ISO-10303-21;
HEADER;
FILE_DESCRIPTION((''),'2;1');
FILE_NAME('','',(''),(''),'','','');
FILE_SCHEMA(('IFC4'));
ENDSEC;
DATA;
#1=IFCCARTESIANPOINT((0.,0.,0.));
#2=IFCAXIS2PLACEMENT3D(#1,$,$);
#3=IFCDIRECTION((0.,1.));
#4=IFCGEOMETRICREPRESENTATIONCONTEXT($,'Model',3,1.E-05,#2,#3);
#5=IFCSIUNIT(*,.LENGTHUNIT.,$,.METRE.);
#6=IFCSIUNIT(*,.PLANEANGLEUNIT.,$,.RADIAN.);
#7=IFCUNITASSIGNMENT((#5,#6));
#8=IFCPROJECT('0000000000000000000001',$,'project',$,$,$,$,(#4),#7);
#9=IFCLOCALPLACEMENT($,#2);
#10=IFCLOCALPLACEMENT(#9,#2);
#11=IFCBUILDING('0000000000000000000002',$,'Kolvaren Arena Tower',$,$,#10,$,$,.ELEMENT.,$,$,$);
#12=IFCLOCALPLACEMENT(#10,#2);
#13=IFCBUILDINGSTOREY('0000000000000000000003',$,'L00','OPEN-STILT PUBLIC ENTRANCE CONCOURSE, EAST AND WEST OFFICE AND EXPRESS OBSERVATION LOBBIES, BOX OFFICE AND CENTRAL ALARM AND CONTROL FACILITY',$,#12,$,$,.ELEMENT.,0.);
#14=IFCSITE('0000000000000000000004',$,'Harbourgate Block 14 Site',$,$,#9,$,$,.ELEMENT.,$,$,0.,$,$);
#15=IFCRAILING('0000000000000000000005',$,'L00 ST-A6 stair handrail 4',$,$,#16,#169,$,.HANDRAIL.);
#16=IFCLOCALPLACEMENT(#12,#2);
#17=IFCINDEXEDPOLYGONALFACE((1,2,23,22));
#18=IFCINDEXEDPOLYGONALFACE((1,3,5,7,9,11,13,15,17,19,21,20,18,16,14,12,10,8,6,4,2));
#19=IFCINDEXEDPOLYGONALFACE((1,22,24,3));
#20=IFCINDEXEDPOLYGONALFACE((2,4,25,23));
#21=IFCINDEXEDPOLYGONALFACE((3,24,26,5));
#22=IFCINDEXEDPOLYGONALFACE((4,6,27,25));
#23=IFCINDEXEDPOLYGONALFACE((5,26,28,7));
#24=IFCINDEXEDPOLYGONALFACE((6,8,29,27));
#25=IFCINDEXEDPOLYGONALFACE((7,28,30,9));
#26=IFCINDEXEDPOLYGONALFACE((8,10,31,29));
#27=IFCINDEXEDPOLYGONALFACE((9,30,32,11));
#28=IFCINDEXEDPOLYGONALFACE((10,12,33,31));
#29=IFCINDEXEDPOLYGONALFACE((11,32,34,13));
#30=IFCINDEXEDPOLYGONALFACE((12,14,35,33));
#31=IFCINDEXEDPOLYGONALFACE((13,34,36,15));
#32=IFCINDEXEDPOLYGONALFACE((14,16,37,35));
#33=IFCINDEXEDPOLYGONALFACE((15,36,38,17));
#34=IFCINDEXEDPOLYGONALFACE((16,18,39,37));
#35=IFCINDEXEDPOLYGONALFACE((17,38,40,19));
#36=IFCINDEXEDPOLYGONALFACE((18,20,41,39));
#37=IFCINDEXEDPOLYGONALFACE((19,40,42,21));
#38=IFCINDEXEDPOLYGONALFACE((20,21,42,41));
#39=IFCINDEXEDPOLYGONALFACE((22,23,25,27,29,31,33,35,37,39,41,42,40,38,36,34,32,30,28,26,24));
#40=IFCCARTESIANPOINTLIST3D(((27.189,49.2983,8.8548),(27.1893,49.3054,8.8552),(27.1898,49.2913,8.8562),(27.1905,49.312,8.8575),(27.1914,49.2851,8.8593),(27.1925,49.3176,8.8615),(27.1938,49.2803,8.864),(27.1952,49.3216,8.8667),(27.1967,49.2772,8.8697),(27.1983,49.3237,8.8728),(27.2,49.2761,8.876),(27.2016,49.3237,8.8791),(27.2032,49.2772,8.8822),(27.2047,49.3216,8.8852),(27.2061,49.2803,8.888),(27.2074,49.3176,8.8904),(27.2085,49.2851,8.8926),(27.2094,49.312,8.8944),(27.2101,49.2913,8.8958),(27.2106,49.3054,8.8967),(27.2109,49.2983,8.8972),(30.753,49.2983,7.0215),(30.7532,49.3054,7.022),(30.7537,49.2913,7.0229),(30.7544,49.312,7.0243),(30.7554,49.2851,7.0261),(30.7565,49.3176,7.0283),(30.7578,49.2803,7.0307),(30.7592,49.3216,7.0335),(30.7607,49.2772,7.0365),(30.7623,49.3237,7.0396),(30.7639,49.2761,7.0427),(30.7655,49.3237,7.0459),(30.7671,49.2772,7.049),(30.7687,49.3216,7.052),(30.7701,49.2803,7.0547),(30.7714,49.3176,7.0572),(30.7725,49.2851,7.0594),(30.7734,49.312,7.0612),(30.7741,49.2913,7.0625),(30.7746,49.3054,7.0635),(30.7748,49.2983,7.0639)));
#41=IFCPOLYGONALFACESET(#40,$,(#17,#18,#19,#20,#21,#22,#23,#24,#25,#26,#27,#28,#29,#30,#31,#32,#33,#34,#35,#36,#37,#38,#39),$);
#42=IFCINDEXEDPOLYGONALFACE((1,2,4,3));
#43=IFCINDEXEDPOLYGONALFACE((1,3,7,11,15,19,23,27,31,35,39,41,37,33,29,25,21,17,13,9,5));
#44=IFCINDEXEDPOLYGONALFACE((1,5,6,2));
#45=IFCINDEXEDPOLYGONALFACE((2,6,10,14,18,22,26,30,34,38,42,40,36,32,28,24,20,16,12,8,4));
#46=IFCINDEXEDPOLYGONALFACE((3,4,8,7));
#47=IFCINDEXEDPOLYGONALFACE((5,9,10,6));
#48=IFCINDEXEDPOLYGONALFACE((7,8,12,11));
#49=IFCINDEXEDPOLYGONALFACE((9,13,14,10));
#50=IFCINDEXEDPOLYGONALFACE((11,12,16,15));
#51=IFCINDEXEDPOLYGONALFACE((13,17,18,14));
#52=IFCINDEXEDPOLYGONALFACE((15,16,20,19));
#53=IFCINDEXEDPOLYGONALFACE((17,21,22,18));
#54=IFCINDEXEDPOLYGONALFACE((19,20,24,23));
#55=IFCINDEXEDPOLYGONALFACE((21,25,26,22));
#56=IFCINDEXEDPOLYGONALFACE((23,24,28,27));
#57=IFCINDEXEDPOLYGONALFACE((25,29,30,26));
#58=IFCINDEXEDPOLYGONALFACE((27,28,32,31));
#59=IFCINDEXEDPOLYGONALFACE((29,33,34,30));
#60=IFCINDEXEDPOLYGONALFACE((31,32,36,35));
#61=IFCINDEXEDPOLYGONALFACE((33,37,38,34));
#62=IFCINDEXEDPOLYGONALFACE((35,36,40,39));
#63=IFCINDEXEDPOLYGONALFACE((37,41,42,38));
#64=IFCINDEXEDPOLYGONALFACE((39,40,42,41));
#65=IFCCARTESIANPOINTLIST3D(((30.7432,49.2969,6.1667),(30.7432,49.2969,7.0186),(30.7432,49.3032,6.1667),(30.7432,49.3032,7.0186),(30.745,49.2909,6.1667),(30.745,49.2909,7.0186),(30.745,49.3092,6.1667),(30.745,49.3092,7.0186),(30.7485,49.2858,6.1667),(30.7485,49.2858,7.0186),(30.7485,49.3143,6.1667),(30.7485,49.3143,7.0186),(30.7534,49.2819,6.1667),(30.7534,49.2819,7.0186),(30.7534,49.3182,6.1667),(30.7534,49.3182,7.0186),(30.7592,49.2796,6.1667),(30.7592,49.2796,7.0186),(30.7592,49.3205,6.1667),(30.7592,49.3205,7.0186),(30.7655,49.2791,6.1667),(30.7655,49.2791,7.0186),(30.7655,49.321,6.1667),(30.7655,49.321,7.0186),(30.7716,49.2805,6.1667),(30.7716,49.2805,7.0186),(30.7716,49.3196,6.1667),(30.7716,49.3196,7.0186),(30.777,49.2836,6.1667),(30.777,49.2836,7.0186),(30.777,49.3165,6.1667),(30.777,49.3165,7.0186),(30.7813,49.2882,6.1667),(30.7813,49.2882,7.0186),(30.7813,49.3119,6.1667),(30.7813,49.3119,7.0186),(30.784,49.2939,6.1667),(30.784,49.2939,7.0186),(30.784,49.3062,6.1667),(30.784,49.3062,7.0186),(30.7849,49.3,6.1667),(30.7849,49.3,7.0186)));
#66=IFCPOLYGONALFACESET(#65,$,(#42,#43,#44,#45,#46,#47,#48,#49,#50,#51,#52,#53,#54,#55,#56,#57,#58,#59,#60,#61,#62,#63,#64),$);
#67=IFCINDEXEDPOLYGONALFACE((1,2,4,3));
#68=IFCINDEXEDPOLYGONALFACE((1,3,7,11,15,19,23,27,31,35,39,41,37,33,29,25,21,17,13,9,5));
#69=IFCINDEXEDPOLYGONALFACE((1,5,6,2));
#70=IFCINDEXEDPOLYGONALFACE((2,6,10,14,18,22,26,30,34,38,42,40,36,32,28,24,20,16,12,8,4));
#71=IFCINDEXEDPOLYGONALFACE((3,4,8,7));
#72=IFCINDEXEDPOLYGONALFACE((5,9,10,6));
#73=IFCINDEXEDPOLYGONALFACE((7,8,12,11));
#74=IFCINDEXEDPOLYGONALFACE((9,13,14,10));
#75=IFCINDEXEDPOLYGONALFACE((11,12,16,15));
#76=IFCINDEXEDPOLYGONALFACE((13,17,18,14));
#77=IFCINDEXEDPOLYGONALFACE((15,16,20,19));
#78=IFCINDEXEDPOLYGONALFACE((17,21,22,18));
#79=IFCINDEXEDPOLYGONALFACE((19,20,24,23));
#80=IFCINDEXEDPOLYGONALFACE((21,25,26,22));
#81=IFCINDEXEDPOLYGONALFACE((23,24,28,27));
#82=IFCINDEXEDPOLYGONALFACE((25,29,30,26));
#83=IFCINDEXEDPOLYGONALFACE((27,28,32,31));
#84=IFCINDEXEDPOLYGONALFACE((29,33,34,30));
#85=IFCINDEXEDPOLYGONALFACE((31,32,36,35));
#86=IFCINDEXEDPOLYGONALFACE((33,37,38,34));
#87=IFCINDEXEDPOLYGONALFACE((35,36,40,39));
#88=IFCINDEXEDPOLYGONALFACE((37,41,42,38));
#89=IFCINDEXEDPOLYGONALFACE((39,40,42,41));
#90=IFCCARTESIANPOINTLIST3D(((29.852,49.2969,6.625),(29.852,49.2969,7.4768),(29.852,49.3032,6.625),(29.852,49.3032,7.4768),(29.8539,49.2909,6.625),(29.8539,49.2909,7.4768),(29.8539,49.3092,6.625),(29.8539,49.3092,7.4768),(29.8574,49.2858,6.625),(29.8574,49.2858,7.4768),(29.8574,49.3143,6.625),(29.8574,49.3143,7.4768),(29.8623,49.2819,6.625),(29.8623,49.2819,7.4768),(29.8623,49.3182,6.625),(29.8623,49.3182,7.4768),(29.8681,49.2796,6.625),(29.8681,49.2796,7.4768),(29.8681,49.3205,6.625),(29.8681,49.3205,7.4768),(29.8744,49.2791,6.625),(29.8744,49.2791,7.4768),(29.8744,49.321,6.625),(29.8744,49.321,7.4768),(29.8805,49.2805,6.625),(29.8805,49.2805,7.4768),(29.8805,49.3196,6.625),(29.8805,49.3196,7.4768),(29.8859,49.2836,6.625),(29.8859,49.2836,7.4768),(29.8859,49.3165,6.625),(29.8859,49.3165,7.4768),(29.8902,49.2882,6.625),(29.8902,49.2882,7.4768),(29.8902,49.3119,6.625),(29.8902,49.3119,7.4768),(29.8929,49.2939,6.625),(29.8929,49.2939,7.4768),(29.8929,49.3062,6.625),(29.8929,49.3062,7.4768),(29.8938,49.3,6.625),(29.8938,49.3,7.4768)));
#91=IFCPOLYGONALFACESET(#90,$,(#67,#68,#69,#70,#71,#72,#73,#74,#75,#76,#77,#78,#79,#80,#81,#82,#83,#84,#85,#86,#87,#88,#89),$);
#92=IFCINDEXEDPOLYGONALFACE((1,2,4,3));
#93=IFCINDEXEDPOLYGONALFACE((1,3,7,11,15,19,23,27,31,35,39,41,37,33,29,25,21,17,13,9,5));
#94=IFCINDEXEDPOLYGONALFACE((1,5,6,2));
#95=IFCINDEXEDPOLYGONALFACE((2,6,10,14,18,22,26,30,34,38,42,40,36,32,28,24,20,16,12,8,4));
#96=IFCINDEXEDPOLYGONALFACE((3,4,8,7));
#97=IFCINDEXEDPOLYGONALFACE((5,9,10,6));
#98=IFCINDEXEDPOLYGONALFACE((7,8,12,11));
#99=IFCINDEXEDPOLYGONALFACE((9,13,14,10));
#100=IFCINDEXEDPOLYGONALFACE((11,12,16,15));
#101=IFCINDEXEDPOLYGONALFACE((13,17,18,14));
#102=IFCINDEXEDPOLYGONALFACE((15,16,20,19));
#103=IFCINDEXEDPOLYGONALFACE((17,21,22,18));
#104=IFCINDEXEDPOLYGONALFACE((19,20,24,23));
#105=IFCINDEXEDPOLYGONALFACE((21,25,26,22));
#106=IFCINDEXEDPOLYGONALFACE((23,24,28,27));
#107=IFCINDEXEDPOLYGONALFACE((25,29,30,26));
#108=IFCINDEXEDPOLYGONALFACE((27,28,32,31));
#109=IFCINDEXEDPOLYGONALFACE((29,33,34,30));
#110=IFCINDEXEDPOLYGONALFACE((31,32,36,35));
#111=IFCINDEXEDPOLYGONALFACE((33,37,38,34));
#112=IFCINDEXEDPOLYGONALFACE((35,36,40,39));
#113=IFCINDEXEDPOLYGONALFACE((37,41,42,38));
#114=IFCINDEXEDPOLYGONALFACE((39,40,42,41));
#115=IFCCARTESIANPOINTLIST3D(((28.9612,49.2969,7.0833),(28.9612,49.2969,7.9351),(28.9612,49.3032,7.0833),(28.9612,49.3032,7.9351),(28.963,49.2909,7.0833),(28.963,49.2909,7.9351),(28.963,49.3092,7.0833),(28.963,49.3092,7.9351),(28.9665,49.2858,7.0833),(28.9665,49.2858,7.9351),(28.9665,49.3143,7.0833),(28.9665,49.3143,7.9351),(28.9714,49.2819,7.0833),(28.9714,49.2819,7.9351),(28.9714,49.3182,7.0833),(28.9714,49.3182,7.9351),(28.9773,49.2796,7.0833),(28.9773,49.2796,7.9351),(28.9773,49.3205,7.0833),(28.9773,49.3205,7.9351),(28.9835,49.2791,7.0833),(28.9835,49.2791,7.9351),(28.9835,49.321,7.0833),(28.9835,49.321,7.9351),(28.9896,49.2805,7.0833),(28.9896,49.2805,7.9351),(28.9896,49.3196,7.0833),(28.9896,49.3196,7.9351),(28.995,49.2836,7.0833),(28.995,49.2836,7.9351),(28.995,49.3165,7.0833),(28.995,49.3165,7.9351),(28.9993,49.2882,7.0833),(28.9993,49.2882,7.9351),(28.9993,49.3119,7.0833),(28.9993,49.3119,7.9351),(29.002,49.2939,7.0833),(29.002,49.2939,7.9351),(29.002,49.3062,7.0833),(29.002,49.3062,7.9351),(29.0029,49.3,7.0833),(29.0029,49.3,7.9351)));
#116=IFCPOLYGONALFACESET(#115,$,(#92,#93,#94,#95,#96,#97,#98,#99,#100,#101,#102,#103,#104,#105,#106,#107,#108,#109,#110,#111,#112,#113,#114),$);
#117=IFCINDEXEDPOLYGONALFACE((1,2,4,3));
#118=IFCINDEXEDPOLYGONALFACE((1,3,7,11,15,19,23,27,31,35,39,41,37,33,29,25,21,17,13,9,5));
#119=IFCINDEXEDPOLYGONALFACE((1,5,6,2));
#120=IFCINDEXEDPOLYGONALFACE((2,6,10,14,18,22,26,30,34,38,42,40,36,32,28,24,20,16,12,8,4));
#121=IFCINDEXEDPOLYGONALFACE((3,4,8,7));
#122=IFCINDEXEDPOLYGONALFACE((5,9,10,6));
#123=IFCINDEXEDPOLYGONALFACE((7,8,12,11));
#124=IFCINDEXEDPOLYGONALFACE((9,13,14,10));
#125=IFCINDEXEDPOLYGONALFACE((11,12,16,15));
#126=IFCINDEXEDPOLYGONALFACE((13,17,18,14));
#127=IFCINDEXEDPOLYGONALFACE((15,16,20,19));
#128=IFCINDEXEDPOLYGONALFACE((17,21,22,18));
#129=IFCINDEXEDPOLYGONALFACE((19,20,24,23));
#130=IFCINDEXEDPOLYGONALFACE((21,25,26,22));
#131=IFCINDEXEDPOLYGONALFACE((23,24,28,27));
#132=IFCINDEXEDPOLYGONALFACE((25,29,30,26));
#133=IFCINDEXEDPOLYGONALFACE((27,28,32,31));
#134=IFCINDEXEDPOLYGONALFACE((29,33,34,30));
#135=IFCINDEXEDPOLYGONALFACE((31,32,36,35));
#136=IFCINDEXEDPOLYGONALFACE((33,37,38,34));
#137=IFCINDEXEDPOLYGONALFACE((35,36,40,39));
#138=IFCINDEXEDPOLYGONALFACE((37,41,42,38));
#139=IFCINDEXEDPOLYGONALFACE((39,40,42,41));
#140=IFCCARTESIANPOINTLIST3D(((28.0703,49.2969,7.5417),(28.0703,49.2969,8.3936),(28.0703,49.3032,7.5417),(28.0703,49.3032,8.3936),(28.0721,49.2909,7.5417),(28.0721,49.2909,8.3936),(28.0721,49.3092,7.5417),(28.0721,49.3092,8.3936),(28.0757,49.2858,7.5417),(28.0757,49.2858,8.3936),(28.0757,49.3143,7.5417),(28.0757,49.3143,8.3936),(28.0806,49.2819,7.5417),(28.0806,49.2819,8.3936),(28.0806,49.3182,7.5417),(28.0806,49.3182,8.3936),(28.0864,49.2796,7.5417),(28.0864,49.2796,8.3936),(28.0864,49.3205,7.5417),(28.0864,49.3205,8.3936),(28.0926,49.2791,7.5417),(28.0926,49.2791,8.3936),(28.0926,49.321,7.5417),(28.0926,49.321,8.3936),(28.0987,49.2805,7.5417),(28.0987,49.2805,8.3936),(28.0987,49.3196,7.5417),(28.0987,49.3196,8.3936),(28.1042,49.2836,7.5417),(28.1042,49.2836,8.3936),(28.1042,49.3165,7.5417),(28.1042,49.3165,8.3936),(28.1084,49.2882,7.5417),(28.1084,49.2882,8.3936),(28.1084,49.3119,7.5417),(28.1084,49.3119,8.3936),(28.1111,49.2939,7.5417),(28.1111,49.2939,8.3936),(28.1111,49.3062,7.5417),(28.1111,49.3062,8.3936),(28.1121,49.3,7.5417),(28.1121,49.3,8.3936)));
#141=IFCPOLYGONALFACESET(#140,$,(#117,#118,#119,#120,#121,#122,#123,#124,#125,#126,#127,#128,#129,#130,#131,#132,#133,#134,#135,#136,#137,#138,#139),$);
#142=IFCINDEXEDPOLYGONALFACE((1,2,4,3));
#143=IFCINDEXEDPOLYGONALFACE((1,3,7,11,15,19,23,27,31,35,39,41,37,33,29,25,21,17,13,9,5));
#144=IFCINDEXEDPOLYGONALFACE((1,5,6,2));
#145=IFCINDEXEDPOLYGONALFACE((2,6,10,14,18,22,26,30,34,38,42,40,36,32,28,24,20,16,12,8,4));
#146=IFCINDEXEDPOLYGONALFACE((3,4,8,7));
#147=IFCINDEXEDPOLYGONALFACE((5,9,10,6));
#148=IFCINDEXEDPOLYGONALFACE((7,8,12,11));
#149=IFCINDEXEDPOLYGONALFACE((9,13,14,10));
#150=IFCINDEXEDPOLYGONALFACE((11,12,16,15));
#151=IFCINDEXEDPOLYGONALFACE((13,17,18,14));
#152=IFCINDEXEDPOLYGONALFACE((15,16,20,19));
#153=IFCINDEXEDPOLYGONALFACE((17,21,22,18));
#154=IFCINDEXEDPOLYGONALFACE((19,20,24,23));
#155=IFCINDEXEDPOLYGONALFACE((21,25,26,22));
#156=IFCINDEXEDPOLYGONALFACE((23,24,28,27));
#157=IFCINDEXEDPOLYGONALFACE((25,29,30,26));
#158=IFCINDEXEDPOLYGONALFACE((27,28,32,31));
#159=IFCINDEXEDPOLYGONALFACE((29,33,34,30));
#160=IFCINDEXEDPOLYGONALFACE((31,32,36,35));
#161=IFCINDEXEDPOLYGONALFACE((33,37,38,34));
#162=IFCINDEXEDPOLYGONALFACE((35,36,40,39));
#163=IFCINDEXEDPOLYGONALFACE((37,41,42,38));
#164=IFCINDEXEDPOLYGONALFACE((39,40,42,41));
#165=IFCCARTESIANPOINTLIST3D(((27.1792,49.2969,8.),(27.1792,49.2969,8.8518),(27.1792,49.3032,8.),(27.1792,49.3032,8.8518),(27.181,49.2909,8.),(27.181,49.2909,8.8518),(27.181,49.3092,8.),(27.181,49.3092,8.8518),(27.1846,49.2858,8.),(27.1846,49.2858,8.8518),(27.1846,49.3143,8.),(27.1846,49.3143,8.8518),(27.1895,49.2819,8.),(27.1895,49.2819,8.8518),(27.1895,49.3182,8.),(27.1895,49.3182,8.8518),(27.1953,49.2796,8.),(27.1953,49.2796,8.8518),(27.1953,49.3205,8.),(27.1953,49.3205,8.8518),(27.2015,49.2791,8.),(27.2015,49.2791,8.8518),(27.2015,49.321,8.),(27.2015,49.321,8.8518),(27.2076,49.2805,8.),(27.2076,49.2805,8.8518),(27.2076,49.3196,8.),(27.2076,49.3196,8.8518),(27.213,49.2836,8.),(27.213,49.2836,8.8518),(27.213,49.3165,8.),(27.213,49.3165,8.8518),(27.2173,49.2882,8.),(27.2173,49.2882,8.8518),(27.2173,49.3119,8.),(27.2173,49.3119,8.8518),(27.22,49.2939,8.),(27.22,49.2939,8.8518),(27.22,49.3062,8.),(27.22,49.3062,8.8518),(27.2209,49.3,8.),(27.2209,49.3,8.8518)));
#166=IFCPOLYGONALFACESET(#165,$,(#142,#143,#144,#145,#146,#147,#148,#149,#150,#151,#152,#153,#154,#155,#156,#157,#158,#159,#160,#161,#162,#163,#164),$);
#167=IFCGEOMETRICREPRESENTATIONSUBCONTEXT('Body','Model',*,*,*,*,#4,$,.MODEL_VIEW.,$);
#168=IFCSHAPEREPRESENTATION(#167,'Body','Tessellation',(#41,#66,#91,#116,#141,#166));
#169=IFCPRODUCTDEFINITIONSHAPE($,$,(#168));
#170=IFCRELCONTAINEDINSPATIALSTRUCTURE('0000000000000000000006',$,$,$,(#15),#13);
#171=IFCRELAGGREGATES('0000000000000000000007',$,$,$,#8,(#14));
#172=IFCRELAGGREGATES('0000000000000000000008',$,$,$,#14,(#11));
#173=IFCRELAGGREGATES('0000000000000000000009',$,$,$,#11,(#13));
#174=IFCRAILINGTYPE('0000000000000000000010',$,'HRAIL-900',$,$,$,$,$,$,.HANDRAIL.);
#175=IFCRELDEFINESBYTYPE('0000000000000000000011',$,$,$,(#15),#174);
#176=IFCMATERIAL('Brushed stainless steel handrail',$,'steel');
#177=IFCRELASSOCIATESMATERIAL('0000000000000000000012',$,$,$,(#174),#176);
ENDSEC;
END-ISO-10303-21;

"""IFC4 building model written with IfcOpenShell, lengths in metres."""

from ifc_helpers import new_model, si_unit, direction, frame, origin, origin_2d, place, context, subcontext, project, spatial, circle, extrude, material, type_object, element, save


model = new_model("IFC4")

# Units and contexts
model_context = context("Model", 3, precision=1e-05, world=origin(), true_north=direction((0.0, 1.0)))
body_context = subcontext(model_context, "Body", "Model", "MODEL_VIEW")
ifc_project = project(units=[si_unit("LENGTHUNIT", "METRE"), si_unit("PLANEANGLEUNIT", "RADIAN")], contexts=[model_context])

# Site, building, storey
site_placement = place(None, origin())
site = spatial("IfcSite", under=ifc_project, at=site_placement, Name="Harbourgate Block 14 Site", CompositionType="ELEMENT", RefElevation=0.0)
building_placement = place(site_placement, origin())
building = spatial("IfcBuilding", under=site, at=building_placement, Name="Kolvaren Arena Tower", CompositionType="ELEMENT")
storey_placement = place(building_placement, origin())
storey = spatial("IfcBuildingStorey", under=building, at=storey_placement, Name="L00", Description="OPEN-STILT PUBLIC ENTRANCE CONCOURSE, EAST AND WEST OFFICE AND EXPRESS OBSERVATION LOBBIES, BOX OFFICE AND CENTRAL ALARM AND CONTROL FACILITY", CompositionType="ELEMENT", Elevation=0.0)

# Railing
ifc_material_1 = material(Name="Brushed stainless steel handrail", Category="steel")
railing_type_1 = type_object("IfcRailingType", Name="HRAIL-900", PredefinedType="HANDRAIL", material=ifc_material_1)
railing_1_placement = place(storey_placement, frame((30.7639, 49.3, 6.1667)))
element("IfcRailing", 1, at=railing_1_placement, inside=storey, type_object=railing_type_1, Name="L00 ST-A6 stair handrail 4", PredefinedType="HANDRAIL", context=body_context, shape_type="SweptSolid", body=[
    extrude(circle(Radius=0.0239, at=origin_2d()), frame((0.0, 0.0, 0.876), z_axis=(-0.889252, 0.0, 0.457418), x_axis=(0.0, -1.0, 0.0)), (0.0, 0.0, 1.0), 4.0078),
    extrude(circle(Radius=0.021, at=origin_2d()), origin(), (0.0, 0.0, 1.0), 0.8518),
    extrude(circle(Radius=0.021, at=origin_2d()), frame((-0.8911, 0.0, 0.4583)), (0.0, 0.0, 1.0), 0.8518),
    extrude(circle(Radius=0.021, at=origin_2d()), frame((-1.782, 0.0, 0.9165)), (0.0, 0.0, 1.0), 0.8518),
    extrude(circle(Radius=0.021, at=origin_2d()), frame((-2.6729, 0.0, 1.375)), (0.0, 0.0, 1.0), 0.8518),
    extrude(circle(Radius=0.021, at=origin_2d()), frame((-3.564, 0.0, 1.8333)), (0.0, 0.0, 1.0), 0.8518),
])

save(model, "model.ifc")
